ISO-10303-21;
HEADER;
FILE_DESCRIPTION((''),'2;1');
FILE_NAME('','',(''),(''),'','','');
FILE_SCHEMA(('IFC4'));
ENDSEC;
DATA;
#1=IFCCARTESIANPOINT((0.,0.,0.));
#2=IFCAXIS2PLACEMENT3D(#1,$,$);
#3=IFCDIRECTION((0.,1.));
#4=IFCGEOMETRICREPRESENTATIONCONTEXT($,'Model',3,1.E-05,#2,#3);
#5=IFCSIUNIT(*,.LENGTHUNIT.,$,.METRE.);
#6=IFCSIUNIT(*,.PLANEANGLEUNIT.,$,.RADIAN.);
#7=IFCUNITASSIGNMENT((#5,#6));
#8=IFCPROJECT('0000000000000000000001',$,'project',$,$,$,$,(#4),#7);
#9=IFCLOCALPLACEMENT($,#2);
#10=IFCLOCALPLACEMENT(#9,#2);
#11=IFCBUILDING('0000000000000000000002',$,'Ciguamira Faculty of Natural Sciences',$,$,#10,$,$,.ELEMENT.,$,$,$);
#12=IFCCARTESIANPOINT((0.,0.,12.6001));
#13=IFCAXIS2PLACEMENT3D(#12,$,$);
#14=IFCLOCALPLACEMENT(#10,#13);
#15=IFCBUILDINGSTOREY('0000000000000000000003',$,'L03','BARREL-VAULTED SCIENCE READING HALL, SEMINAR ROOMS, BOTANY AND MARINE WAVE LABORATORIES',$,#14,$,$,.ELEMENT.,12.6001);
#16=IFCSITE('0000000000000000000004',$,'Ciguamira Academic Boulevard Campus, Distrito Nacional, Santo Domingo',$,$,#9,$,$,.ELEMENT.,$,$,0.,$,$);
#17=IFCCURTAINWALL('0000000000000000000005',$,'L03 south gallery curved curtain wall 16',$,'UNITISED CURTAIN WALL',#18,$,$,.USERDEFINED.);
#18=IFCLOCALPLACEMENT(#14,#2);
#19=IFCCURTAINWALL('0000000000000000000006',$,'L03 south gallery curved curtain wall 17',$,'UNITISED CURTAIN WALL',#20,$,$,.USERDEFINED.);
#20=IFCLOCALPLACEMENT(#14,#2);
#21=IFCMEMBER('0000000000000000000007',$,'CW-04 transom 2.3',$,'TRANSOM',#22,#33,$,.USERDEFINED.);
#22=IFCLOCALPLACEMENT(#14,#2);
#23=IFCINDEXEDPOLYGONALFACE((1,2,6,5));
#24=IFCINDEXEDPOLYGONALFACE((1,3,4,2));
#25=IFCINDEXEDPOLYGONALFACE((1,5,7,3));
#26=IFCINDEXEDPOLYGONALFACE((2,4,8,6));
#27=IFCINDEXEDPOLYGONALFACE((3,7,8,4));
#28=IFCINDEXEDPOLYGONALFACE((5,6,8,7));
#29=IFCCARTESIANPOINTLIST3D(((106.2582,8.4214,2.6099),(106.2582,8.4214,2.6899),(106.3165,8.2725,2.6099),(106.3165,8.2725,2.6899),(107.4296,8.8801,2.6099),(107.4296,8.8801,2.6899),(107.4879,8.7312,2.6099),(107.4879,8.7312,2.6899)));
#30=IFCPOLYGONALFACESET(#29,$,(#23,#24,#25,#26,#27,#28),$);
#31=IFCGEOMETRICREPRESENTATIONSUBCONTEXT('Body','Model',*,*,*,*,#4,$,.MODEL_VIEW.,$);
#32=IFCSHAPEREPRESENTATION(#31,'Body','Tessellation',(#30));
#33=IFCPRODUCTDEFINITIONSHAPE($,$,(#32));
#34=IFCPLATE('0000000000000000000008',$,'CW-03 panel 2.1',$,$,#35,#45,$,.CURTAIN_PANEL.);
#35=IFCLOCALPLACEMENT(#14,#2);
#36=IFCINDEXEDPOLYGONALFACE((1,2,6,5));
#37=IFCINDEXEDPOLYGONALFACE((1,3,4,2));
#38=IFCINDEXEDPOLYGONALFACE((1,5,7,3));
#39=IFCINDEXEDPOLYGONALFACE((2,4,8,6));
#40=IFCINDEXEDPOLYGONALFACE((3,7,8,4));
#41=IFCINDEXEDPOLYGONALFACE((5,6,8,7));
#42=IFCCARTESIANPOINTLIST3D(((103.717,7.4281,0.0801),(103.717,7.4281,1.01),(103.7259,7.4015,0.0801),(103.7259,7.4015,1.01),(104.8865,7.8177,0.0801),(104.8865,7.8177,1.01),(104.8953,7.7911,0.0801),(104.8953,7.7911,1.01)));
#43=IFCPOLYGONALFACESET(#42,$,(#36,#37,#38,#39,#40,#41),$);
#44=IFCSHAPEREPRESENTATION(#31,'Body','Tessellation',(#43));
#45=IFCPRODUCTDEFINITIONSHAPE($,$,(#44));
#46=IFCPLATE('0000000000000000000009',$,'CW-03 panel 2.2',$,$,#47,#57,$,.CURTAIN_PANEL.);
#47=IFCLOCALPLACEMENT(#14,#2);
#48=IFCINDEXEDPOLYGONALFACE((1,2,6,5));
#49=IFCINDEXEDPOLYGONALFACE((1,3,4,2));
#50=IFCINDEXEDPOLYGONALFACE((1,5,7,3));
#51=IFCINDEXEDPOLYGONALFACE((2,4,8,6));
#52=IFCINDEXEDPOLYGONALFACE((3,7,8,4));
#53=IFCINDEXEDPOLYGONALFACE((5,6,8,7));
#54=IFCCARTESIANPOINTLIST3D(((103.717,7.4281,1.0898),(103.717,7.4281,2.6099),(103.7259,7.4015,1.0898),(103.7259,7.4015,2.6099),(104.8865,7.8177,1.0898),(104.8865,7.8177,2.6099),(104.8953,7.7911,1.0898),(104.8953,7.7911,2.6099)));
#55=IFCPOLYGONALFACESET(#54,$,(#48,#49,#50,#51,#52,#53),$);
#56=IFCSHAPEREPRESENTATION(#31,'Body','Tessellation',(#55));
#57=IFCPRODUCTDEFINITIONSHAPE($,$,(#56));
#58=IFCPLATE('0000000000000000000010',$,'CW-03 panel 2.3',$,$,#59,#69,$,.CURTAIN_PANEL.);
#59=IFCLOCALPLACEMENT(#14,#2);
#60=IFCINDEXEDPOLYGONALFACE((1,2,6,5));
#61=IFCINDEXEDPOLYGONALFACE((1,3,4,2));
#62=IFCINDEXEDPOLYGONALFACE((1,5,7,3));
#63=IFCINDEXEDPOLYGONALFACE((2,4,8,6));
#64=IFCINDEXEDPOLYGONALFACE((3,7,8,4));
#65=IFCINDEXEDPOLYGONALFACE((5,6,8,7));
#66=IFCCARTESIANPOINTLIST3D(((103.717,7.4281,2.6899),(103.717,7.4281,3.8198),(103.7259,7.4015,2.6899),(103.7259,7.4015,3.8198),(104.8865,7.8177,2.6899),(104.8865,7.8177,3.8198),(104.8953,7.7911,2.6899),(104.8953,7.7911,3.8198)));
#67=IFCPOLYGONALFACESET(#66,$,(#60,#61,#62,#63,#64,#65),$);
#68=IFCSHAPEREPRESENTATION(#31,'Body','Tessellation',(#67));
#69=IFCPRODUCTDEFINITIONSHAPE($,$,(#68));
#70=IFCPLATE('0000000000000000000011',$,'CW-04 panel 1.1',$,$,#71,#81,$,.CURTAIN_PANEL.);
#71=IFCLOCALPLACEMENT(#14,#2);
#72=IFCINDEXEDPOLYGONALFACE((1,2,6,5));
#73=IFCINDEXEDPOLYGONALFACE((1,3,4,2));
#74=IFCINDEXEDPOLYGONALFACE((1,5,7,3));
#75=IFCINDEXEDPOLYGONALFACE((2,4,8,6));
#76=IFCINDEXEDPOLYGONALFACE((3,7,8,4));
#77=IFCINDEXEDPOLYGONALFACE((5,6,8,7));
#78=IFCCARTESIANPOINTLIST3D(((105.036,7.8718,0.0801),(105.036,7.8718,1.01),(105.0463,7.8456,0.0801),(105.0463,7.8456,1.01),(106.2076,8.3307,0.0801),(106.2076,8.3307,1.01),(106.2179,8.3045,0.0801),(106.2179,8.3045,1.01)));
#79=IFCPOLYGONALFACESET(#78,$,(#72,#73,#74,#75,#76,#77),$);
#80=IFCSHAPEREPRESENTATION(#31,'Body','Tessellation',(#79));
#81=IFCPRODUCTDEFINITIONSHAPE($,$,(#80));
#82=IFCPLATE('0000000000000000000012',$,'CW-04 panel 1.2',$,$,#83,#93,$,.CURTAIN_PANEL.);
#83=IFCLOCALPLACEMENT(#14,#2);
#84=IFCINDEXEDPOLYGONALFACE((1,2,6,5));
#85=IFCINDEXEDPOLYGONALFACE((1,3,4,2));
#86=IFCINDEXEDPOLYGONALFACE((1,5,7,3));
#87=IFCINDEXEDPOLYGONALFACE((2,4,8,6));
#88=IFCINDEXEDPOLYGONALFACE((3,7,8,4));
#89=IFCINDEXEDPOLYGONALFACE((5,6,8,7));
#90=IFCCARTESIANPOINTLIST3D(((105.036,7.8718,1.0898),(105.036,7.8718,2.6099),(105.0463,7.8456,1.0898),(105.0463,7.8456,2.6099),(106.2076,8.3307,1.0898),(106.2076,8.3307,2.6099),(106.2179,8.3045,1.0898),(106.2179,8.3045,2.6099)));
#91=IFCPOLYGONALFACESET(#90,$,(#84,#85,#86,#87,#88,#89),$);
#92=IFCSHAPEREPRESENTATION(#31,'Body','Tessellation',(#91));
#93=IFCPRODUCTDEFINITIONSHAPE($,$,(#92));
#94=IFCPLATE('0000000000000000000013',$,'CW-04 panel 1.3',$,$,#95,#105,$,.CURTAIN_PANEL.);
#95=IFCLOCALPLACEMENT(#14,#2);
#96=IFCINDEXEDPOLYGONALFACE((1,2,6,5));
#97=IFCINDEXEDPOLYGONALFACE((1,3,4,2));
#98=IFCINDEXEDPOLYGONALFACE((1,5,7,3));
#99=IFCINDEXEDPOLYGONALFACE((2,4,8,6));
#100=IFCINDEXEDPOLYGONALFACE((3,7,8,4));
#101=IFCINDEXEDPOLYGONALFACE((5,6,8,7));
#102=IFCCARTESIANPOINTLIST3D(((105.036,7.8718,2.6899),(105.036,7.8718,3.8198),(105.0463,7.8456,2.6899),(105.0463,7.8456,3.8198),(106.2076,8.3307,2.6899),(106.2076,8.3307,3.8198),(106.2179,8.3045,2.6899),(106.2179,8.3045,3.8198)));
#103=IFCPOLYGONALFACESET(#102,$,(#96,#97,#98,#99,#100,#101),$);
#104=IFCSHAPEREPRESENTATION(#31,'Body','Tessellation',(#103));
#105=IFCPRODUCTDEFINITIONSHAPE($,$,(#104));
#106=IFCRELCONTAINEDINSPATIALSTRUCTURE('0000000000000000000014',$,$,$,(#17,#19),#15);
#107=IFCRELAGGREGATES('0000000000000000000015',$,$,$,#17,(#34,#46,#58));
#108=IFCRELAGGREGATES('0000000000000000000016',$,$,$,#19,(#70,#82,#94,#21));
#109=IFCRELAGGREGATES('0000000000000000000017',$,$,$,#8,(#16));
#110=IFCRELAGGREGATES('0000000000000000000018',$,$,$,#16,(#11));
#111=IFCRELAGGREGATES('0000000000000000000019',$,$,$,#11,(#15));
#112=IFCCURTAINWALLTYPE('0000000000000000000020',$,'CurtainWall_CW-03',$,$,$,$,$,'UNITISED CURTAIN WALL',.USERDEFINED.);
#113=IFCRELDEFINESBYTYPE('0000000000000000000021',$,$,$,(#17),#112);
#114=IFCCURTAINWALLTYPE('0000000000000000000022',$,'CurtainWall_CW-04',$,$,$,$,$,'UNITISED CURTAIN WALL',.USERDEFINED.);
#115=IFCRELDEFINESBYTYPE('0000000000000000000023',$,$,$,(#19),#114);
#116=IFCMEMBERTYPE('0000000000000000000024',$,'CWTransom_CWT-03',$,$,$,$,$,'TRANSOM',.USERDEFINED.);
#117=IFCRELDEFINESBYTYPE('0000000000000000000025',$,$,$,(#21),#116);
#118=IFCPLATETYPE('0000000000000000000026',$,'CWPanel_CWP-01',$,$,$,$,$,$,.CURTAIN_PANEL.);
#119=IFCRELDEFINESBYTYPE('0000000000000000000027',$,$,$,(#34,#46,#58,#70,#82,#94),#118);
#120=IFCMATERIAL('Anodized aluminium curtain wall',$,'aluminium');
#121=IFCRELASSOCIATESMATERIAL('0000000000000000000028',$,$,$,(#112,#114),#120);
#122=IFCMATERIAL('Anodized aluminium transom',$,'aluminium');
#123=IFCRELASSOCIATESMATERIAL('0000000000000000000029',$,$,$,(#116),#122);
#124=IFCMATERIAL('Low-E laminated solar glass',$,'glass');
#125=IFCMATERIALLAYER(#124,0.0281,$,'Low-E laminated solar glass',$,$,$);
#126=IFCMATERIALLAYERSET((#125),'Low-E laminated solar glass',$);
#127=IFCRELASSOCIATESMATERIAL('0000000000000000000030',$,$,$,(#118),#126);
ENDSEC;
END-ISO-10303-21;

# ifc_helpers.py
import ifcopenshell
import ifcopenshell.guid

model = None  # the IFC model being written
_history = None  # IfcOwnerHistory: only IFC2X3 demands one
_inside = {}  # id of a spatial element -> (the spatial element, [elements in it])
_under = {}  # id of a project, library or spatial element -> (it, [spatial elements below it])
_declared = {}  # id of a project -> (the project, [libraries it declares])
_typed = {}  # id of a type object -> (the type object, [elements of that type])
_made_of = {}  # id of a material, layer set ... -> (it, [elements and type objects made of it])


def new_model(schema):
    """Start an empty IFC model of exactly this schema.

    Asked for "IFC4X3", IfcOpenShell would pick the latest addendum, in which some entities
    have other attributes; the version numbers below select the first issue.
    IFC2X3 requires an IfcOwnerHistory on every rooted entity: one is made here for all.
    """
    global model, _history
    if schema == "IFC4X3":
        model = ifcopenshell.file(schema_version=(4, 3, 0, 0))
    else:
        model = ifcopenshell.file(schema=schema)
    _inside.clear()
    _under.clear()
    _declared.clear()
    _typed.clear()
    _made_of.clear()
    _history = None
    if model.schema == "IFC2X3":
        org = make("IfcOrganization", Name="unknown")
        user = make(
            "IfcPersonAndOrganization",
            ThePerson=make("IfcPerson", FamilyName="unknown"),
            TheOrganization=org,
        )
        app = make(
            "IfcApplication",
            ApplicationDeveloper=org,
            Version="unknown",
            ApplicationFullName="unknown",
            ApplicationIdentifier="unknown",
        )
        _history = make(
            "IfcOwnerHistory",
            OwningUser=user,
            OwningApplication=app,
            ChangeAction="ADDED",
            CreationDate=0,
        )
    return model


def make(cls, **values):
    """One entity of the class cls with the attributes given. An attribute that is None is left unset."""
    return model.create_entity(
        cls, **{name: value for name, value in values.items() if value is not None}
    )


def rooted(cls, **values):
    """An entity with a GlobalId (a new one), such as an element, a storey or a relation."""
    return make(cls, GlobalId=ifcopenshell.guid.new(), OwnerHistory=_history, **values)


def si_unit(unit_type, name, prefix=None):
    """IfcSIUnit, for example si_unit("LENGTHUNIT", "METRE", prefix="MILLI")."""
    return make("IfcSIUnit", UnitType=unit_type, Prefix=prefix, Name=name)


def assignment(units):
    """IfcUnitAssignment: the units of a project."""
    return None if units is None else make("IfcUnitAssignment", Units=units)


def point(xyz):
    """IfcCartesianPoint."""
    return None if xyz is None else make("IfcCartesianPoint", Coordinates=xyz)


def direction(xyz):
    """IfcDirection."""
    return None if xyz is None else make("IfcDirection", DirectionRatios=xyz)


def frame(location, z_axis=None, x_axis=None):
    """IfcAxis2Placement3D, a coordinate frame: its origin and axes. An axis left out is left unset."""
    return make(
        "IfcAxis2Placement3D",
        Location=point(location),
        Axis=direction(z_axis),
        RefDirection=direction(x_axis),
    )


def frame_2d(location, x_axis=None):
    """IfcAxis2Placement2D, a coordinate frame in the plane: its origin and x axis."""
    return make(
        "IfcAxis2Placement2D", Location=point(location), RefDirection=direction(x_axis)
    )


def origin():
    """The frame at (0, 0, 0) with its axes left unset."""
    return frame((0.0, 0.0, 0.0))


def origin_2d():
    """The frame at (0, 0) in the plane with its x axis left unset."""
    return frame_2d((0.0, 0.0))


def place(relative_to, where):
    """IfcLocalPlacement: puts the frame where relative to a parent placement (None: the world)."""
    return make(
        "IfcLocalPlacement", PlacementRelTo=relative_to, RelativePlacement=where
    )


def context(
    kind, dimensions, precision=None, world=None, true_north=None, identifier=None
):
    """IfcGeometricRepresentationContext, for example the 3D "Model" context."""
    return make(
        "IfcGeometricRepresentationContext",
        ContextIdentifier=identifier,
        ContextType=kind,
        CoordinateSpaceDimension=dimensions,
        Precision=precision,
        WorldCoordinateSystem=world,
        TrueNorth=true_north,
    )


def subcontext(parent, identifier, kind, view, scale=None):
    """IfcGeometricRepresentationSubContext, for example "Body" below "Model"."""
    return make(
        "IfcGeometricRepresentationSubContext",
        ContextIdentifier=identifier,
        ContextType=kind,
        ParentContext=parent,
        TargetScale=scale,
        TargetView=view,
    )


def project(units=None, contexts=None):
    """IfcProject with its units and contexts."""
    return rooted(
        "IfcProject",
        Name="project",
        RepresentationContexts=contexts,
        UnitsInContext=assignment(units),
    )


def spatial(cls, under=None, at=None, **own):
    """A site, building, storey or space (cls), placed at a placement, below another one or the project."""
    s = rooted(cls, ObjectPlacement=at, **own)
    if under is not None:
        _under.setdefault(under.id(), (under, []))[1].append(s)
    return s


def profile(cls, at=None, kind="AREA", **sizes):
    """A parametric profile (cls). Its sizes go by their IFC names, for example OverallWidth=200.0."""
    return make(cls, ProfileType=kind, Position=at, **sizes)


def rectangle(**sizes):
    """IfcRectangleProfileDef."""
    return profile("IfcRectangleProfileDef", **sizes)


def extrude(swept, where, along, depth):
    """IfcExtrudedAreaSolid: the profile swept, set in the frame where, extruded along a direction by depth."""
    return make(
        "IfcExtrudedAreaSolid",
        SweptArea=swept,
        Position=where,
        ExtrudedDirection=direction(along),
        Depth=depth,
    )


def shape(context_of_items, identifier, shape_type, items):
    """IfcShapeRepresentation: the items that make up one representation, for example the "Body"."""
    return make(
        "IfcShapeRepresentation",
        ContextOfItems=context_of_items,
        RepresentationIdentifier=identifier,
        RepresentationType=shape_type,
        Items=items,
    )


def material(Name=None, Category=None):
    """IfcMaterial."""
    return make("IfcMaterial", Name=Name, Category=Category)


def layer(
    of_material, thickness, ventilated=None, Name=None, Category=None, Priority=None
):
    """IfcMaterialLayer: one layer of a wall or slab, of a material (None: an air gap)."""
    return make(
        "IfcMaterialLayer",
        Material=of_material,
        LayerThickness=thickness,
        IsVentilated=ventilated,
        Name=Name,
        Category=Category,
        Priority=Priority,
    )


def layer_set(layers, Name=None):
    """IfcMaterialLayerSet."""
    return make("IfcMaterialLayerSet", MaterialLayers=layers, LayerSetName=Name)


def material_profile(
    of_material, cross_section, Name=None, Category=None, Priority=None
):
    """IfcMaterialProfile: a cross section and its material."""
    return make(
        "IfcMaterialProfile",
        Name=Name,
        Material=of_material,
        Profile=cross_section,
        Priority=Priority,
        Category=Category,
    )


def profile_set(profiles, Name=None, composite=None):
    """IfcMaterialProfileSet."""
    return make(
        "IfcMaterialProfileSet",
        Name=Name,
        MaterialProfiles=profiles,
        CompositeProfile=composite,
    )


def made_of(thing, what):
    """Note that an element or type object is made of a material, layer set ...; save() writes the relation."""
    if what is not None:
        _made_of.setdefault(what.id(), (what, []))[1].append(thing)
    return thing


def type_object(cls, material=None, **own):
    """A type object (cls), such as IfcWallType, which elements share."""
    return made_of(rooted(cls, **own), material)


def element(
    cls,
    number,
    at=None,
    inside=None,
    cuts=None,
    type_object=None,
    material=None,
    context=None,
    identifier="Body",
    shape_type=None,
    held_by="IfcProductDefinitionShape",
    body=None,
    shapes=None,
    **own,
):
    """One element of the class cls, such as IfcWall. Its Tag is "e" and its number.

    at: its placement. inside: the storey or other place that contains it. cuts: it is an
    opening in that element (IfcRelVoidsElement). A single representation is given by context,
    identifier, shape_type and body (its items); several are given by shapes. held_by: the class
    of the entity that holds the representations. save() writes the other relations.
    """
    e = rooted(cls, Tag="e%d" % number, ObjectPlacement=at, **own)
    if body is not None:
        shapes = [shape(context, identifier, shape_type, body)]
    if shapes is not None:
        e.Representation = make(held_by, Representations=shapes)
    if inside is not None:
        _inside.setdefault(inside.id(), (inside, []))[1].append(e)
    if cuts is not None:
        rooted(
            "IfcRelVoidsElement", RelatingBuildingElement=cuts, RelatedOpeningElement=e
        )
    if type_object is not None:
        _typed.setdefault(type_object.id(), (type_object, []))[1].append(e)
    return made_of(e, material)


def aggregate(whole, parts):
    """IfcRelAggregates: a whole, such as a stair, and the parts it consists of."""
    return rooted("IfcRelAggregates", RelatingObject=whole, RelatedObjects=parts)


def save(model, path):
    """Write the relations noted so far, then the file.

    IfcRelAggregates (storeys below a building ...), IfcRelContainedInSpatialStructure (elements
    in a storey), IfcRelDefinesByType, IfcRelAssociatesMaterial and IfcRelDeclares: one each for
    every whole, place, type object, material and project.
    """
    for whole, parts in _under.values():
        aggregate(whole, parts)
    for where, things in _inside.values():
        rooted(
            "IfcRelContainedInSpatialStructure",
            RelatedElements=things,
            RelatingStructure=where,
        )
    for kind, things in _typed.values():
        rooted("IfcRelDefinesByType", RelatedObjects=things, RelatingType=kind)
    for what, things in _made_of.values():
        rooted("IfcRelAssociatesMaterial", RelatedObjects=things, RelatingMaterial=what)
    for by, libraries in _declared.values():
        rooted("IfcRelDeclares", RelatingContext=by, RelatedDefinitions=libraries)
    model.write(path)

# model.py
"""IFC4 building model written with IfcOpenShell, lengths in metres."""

from ifc_helpers import new_model, si_unit, direction, frame, origin, origin_2d, place, context, subcontext, project, spatial, rectangle, extrude, material, layer, layer_set, material_profile, profile_set, type_object, element, aggregate, save


model = new_model("IFC4")

# Units and contexts
model_context = context("Model", 3, precision=1e-05, world=origin(), true_north=direction((0.0, 1.0)))
body_context = subcontext(model_context, "Body", "Model", "MODEL_VIEW")
ifc_project = project(units=[si_unit("LENGTHUNIT", "METRE"), si_unit("PLANEANGLEUNIT", "RADIAN")], contexts=[model_context])

# Site, building, storey
site_placement = place(None, origin())
site = spatial("IfcSite", under=ifc_project, at=site_placement, Name="Ciguamira Academic Boulevard Campus, Distrito Nacional, Santo Domingo", CompositionType="ELEMENT", RefElevation=0.0)
building_placement = place(site_placement, origin())
building = spatial("IfcBuilding", under=site, at=building_placement, Name="Ciguamira Faculty of Natural Sciences", CompositionType="ELEMENT")
storey_placement = place(building_placement, frame((0.0, 0.0, 12.6001)))
storey = spatial("IfcBuildingStorey", under=building, at=storey_placement, Name="L03", Description="BARREL-VAULTED SCIENCE READING HALL, SEMINAR ROOMS, BOTANY AND MARINE WAVE LABORATORIES", CompositionType="ELEMENT", Elevation=12.6001)

# Curtain walls
ifc_material_1 = material(Name="Anodized aluminium curtain wall", Category="aluminium")
curtain_wall_type_1 = type_object("IfcCurtainWallType", Name="CurtainWall_CW-03", ElementType="UNITISED CURTAIN WALL", PredefinedType="USERDEFINED", material=ifc_material_1)
curtain_wall_1_placement = place(storey_placement, origin())
curtain_wall_1 = element("IfcCurtainWall", 1, at=curtain_wall_1_placement, inside=storey, type_object=curtain_wall_type_1, Name="L03 south gallery curved curtain wall 16", ObjectType="UNITISED CURTAIN WALL", PredefinedType="USERDEFINED")
curtain_wall_type_2 = type_object("IfcCurtainWallType", Name="CurtainWall_CW-04", ElementType="UNITISED CURTAIN WALL", PredefinedType="USERDEFINED", material=ifc_material_1)
curtain_wall_2_placement = place(storey_placement, origin())
curtain_wall_2 = element("IfcCurtainWall", 2, at=curtain_wall_2_placement, inside=storey, type_object=curtain_wall_type_2, Name="L03 south gallery curved curtain wall 17", ObjectType="UNITISED CURTAIN WALL", PredefinedType="USERDEFINED")

# Member
ifc_material_2 = material(Name="Anodized aluminium transom", Category="aluminium")
ifc_material_profile_1 = material_profile(ifc_material_2, rectangle(XDim=0.0801, YDim=0.1599, at=origin_2d()), Name="ALU-TRN-80X160")
ifc_profile_set_1 = profile_set([ifc_material_profile_1], Name="Anodized aluminium transom")
member_type_1 = type_object("IfcMemberType", Name="CWTransom_CWT-03", ElementType="TRANSOM", PredefinedType="USERDEFINED", material=ifc_profile_set_1)
member_1_placement = place(storey_placement, frame((106.2874, 8.3469, 2.6499), z_axis=(0.931143, 0.364655, 0.0), x_axis=(0.0, 0.0, 1.0)))
member_1 = element("IfcMember", 3, at=member_1_placement, type_object=member_type_1, Name="CW-04 transom 2.3", ObjectType="TRANSOM", PredefinedType="USERDEFINED", context=body_context, shape_type="SweptSolid", body=[
    extrude(rectangle(XDim=0.0801, YDim=0.1599, at=origin_2d()), origin(), (0.0, 0.0, 1.0), 1.2581),
])

# Plates
ifc_material_3 = material(Name="Low-E laminated solar glass", Category="glass")
ifc_layer = layer(ifc_material_3, 0.0281, Name="Low-E laminated solar glass")
ifc_layer_set = layer_set([ifc_layer], Name="Low-E laminated solar glass")
plate_type = type_object("IfcPlateType", Name="CWPanel_CWP-01", PredefinedType="CURTAIN_PANEL", material=ifc_layer_set)
plate_1_placement = place(storey_placement, frame((104.3062, 7.6096, 0.0801), z_axis=(0.0, 0.0, 1.0), x_axis=(0.948735, 0.316073, 0.0)))
plate_1 = element("IfcPlate", 4, at=plate_1_placement, type_object=plate_type, Name="CW-03 panel 2.1", PredefinedType="CURTAIN_PANEL", context=body_context, shape_type="SweptSolid", body=[
    extrude(rectangle(XDim=1.2327, YDim=0.0281, at=origin_2d()), origin(), (0.0, 0.0, 1.0), 0.9299),
])
plate_2_placement = place(storey_placement, frame((104.3062, 7.6096, 1.0898), z_axis=(0.0, 0.0, 1.0), x_axis=(0.948735, 0.316073, 0.0)))
plate_2 = element("IfcPlate", 5, at=plate_2_placement, type_object=plate_type, Name="CW-03 panel 2.2", PredefinedType="CURTAIN_PANEL", context=body_context, shape_type="SweptSolid", body=[
    extrude(rectangle(XDim=1.2327, YDim=0.0281, at=origin_2d()), origin(), (0.0, 0.0, 1.0), 1.52),
])
plate_3_placement = place(storey_placement, frame((104.3062, 7.6096, 2.6899), z_axis=(0.0, 0.0, 1.0), x_axis=(0.948735, 0.316073, 0.0)))
plate_3 = element("IfcPlate", 6, at=plate_3_placement, type_object=plate_type, Name="CW-03 panel 2.3", PredefinedType="CURTAIN_PANEL", context=body_context, shape_type="SweptSolid", body=[
    extrude(rectangle(XDim=1.2327, YDim=0.0281, at=origin_2d()), origin(), (0.0, 0.0, 1.0), 1.1299),
])
aggregate(curtain_wall_1, [plate_1, plate_2, plate_3])
plate_4_placement = place(storey_placement, frame((105.627, 8.0881, 0.0801), z_axis=(0.0, 0.0, 1.0), x_axis=(0.931122, 0.364707, 0.0)))
plate_4 = element("IfcPlate", 7, at=plate_4_placement, type_object=plate_type, Name="CW-04 panel 1.1", PredefinedType="CURTAIN_PANEL", context=body_context, shape_type="SweptSolid", body=[
    extrude(rectangle(XDim=1.2583, YDim=0.0281, at=origin_2d()), origin(), (0.0, 0.0, 1.0), 0.9299),
])
plate_5_placement = place(storey_placement, frame((105.627, 8.0881, 1.0898), z_axis=(0.0, 0.0, 1.0), x_axis=(0.931122, 0.364707, 0.0)))
plate_5 = element("IfcPlate", 8, at=plate_5_placement, type_object=plate_type, Name="CW-04 panel 1.2", PredefinedType="CURTAIN_PANEL", context=body_context, shape_type="SweptSolid", body=[
    extrude(rectangle(XDim=1.2583, YDim=0.0281, at=origin_2d()), origin(), (0.0, 0.0, 1.0), 1.52),
])
plate_6_placement = place(storey_placement, frame((105.627, 8.0881, 2.6899), z_axis=(0.0, 0.0, 1.0), x_axis=(0.931122, 0.364707, 0.0)))
plate_6 = element("IfcPlate", 9, at=plate_6_placement, type_object=plate_type, Name="CW-04 panel 1.3", PredefinedType="CURTAIN_PANEL", context=body_context, shape_type="SweptSolid", body=[
    extrude(rectangle(XDim=1.2583, YDim=0.0281, at=origin_2d()), origin(), (0.0, 0.0, 1.0), 1.1299),
])
aggregate(curtain_wall_2, [plate_4, plate_5, plate_6, member_1])

save(model, "model.ifc")
